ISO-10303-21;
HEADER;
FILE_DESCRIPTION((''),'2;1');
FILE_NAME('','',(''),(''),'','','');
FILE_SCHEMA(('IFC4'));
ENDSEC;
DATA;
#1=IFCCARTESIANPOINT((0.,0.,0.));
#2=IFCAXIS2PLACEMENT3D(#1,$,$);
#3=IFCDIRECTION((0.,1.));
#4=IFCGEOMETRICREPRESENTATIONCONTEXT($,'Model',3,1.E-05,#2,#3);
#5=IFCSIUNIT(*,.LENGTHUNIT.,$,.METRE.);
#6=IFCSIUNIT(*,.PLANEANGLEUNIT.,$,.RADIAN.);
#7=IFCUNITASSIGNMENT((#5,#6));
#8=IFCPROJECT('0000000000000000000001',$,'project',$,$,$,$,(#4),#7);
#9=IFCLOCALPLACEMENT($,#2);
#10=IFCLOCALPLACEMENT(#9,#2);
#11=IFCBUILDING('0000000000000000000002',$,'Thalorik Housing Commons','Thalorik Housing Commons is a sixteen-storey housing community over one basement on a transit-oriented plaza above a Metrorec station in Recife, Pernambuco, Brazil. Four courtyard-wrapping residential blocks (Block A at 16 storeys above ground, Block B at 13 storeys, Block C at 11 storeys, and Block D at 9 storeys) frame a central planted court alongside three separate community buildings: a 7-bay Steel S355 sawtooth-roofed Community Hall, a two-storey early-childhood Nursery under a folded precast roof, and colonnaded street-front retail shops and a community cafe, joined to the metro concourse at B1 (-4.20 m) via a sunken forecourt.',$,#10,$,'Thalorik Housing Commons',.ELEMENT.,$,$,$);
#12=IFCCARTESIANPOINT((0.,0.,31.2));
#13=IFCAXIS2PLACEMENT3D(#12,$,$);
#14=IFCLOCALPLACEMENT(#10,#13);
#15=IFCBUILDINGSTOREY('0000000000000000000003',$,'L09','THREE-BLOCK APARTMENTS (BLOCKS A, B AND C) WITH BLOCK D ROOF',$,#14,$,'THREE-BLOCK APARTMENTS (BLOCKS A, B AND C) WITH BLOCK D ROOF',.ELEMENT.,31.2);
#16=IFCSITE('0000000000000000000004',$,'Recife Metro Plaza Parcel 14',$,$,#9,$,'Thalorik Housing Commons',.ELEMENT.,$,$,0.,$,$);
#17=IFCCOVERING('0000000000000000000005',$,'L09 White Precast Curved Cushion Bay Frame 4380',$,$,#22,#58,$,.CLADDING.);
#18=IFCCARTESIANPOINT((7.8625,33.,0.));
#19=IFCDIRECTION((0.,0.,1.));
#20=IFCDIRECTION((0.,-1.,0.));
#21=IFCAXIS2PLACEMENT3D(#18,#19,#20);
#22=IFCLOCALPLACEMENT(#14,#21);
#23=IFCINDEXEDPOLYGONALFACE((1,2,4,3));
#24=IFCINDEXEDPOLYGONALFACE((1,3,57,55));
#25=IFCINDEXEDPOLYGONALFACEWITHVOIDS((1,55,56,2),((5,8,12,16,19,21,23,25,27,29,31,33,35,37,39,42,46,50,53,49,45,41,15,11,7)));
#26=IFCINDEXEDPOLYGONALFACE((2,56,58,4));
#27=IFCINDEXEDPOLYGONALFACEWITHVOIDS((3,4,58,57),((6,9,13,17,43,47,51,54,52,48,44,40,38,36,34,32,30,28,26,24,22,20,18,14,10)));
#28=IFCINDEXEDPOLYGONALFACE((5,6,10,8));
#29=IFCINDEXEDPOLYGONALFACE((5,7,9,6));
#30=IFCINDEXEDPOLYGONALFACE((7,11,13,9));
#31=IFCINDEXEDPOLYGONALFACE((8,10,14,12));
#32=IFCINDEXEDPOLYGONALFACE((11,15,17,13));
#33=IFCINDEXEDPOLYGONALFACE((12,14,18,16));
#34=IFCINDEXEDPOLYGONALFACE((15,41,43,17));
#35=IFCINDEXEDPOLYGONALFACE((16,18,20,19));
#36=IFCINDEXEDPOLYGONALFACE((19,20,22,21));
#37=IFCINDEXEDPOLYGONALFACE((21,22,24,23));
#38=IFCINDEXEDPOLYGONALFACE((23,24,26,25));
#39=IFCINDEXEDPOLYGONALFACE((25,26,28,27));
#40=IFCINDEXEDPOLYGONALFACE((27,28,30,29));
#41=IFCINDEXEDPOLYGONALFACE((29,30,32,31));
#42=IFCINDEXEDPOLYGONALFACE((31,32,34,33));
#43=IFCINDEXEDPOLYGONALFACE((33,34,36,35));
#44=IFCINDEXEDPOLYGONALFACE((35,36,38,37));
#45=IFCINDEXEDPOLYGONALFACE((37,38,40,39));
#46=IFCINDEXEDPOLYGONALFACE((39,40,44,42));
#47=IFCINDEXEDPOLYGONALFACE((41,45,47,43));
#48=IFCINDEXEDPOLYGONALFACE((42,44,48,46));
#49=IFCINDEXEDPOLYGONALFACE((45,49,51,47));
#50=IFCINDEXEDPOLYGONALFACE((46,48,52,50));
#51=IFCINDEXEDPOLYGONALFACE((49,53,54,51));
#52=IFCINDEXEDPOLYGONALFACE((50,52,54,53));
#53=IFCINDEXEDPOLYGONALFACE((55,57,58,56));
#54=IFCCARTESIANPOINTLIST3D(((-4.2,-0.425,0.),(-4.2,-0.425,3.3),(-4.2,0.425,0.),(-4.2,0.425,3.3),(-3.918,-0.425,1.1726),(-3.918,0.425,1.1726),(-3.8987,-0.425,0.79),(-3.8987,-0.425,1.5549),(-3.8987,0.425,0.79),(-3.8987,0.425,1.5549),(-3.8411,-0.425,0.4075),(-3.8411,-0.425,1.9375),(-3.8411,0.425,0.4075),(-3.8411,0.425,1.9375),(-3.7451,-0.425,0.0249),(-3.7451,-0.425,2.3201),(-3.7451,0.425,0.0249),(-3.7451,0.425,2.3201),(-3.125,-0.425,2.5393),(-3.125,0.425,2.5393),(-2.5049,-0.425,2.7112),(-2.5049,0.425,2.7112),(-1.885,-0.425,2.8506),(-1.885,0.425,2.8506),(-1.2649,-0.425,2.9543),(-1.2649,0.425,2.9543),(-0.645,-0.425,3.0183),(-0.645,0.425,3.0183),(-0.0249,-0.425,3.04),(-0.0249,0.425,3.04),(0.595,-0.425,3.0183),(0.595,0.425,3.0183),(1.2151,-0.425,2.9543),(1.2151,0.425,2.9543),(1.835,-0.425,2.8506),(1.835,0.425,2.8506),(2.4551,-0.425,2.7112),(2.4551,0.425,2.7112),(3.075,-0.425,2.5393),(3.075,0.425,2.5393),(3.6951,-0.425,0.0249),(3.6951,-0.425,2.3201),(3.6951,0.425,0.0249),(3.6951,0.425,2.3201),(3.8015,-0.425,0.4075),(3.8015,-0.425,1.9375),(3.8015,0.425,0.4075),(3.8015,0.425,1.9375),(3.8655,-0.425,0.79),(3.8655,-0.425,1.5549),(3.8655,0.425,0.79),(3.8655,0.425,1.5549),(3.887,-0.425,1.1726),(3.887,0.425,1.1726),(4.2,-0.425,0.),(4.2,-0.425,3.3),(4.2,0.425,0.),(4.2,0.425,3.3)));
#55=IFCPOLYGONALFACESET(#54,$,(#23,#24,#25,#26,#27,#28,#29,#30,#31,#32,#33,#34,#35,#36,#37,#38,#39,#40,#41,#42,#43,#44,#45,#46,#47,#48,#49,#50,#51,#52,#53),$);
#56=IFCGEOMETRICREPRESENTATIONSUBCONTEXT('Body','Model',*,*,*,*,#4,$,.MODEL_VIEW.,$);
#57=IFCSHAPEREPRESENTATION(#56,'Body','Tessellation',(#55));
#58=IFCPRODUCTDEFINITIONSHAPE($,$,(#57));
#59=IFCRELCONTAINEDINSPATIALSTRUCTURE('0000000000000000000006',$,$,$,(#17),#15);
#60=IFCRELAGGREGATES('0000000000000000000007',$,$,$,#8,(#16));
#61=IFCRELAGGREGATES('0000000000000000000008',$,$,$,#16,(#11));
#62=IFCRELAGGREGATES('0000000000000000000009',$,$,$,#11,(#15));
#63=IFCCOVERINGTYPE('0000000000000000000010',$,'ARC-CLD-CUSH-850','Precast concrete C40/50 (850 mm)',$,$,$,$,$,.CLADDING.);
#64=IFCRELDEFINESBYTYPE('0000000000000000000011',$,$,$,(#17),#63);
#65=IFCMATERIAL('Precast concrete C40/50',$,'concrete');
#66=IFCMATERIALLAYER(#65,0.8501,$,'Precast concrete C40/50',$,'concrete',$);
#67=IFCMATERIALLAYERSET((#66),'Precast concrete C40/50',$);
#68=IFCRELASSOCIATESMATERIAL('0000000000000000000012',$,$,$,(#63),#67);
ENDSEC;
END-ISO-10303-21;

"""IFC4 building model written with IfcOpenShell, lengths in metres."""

from ifc_helpers import new_model, si_unit, direction, frame, origin, place, context, subcontext, project, spatial, polyline, outline, extrude, material, layer, layer_set, type_object, element, save


model = new_model("IFC4")

# Units and contexts
model_context = context("Model", 3, precision=1e-05, world=origin(), true_north=direction((0.0, 1.0)))
body_context = subcontext(model_context, "Body", "Model", "MODEL_VIEW")
ifc_project = project(units=[si_unit("LENGTHUNIT", "METRE"), si_unit("PLANEANGLEUNIT", "RADIAN")], contexts=[model_context])

# Site, building, storey
site_placement = place(None, origin())
site = spatial("IfcSite", under=ifc_project, at=site_placement, Name="Recife Metro Plaza Parcel 14", LongName="Thalorik Housing Commons", CompositionType="ELEMENT", RefElevation=0.0)
building_placement = place(site_placement, origin())
building = spatial("IfcBuilding", under=site, at=building_placement, Name="Thalorik Housing Commons", Description="Thalorik Housing Commons is a sixteen-storey housing community over one basement on a transit-oriented plaza above a Metrorec station in Recife, Pernambuco, Brazil. Four courtyard-wrapping residential blocks (Block A at 16 storeys above ground, Block B at 13 storeys, Block C at 11 storeys, and Block D at 9 storeys) frame a central planted court alongside three separate community buildings: a 7-bay Steel S355 sawtooth-roofed Community Hall, a two-storey early-childhood Nursery under a folded precast roof, and colonnaded street-front retail shops and a community cafe, joined to the metro concourse at B1 (-4.20 m) via a sunken forecourt.", LongName="Thalorik Housing Commons", CompositionType="ELEMENT")
storey_placement = place(building_placement, frame((0.0, 0.0, 31.2)))
storey = spatial("IfcBuildingStorey", under=building, at=storey_placement, Name="L09", Description="THREE-BLOCK APARTMENTS (BLOCKS A, B AND C) WITH BLOCK D ROOF", LongName="THREE-BLOCK APARTMENTS (BLOCKS A, B AND C) WITH BLOCK D ROOF", CompositionType="ELEMENT", Elevation=31.2)

# Shared definitions
ifc_material_1 = material(Name="Precast concrete C40/50", Category="concrete")

# Covering
ifc_layer_1 = layer(ifc_material_1, 0.8501, Name="Precast concrete C40/50", Category="concrete")
ifc_layer_set_1 = layer_set([ifc_layer_1], Name="Precast concrete C40/50")
covering_type_1 = type_object("IfcCoveringType", Name="ARC-CLD-CUSH-850", Description="Precast concrete C40/50 (850 mm)", PredefinedType="CLADDING", material=ifc_layer_set_1)
covering_1_placement = place(storey_placement, frame((7.8625, 33.0, 0.0), z_axis=(0.0, 0.0, 1.0), x_axis=(0.0, -1.0, 0.0)))
element("IfcCovering", 1, at=covering_1_placement, inside=storey, type_object=covering_type_1, Name="L09 White Precast Curved Cushion Bay Frame 4380", PredefinedType="CLADDING", context=body_context, shape_type="SweptSolid", body=[
    extrude(outline(polyline([(-4.2, 0.0), (4.2, 0.0), (4.2, 3.3), (-4.2, 3.3), (-4.2, 0.0)]), holes=[polyline([(3.6951, 0.0249), (3.8015, 0.4075), (3.8655, 0.79), (3.887, 1.1726), (3.8655, 1.5549), (3.8015, 1.9375), (3.6951, 2.3201), (3.075, 2.5393), (2.4551, 2.7112), (1.835, 2.8506), (1.2151, 2.9543), (0.595, 3.0183), (-0.0249, 3.04), (-0.645, 3.0183), (-1.2649, 2.9543), (-1.885, 2.8506), (-2.5049, 2.7112), (-3.125, 2.5393), (-3.7451, 2.3201), (-3.8411, 1.9375), (-3.8987, 1.5549), (-3.918, 1.1726), (-3.8987, 0.79), (-3.8411, 0.4075), (-3.7451, 0.0249), (3.6951, 0.0249)])]), frame((0.0, 0.425, 0.0), z_axis=(0.0, -1.0, 0.0), x_axis=(1.0, 0.0, 0.0)), (0.0, 0.0, 1.0), 0.8501),
])

save(model, "model.ifc")
